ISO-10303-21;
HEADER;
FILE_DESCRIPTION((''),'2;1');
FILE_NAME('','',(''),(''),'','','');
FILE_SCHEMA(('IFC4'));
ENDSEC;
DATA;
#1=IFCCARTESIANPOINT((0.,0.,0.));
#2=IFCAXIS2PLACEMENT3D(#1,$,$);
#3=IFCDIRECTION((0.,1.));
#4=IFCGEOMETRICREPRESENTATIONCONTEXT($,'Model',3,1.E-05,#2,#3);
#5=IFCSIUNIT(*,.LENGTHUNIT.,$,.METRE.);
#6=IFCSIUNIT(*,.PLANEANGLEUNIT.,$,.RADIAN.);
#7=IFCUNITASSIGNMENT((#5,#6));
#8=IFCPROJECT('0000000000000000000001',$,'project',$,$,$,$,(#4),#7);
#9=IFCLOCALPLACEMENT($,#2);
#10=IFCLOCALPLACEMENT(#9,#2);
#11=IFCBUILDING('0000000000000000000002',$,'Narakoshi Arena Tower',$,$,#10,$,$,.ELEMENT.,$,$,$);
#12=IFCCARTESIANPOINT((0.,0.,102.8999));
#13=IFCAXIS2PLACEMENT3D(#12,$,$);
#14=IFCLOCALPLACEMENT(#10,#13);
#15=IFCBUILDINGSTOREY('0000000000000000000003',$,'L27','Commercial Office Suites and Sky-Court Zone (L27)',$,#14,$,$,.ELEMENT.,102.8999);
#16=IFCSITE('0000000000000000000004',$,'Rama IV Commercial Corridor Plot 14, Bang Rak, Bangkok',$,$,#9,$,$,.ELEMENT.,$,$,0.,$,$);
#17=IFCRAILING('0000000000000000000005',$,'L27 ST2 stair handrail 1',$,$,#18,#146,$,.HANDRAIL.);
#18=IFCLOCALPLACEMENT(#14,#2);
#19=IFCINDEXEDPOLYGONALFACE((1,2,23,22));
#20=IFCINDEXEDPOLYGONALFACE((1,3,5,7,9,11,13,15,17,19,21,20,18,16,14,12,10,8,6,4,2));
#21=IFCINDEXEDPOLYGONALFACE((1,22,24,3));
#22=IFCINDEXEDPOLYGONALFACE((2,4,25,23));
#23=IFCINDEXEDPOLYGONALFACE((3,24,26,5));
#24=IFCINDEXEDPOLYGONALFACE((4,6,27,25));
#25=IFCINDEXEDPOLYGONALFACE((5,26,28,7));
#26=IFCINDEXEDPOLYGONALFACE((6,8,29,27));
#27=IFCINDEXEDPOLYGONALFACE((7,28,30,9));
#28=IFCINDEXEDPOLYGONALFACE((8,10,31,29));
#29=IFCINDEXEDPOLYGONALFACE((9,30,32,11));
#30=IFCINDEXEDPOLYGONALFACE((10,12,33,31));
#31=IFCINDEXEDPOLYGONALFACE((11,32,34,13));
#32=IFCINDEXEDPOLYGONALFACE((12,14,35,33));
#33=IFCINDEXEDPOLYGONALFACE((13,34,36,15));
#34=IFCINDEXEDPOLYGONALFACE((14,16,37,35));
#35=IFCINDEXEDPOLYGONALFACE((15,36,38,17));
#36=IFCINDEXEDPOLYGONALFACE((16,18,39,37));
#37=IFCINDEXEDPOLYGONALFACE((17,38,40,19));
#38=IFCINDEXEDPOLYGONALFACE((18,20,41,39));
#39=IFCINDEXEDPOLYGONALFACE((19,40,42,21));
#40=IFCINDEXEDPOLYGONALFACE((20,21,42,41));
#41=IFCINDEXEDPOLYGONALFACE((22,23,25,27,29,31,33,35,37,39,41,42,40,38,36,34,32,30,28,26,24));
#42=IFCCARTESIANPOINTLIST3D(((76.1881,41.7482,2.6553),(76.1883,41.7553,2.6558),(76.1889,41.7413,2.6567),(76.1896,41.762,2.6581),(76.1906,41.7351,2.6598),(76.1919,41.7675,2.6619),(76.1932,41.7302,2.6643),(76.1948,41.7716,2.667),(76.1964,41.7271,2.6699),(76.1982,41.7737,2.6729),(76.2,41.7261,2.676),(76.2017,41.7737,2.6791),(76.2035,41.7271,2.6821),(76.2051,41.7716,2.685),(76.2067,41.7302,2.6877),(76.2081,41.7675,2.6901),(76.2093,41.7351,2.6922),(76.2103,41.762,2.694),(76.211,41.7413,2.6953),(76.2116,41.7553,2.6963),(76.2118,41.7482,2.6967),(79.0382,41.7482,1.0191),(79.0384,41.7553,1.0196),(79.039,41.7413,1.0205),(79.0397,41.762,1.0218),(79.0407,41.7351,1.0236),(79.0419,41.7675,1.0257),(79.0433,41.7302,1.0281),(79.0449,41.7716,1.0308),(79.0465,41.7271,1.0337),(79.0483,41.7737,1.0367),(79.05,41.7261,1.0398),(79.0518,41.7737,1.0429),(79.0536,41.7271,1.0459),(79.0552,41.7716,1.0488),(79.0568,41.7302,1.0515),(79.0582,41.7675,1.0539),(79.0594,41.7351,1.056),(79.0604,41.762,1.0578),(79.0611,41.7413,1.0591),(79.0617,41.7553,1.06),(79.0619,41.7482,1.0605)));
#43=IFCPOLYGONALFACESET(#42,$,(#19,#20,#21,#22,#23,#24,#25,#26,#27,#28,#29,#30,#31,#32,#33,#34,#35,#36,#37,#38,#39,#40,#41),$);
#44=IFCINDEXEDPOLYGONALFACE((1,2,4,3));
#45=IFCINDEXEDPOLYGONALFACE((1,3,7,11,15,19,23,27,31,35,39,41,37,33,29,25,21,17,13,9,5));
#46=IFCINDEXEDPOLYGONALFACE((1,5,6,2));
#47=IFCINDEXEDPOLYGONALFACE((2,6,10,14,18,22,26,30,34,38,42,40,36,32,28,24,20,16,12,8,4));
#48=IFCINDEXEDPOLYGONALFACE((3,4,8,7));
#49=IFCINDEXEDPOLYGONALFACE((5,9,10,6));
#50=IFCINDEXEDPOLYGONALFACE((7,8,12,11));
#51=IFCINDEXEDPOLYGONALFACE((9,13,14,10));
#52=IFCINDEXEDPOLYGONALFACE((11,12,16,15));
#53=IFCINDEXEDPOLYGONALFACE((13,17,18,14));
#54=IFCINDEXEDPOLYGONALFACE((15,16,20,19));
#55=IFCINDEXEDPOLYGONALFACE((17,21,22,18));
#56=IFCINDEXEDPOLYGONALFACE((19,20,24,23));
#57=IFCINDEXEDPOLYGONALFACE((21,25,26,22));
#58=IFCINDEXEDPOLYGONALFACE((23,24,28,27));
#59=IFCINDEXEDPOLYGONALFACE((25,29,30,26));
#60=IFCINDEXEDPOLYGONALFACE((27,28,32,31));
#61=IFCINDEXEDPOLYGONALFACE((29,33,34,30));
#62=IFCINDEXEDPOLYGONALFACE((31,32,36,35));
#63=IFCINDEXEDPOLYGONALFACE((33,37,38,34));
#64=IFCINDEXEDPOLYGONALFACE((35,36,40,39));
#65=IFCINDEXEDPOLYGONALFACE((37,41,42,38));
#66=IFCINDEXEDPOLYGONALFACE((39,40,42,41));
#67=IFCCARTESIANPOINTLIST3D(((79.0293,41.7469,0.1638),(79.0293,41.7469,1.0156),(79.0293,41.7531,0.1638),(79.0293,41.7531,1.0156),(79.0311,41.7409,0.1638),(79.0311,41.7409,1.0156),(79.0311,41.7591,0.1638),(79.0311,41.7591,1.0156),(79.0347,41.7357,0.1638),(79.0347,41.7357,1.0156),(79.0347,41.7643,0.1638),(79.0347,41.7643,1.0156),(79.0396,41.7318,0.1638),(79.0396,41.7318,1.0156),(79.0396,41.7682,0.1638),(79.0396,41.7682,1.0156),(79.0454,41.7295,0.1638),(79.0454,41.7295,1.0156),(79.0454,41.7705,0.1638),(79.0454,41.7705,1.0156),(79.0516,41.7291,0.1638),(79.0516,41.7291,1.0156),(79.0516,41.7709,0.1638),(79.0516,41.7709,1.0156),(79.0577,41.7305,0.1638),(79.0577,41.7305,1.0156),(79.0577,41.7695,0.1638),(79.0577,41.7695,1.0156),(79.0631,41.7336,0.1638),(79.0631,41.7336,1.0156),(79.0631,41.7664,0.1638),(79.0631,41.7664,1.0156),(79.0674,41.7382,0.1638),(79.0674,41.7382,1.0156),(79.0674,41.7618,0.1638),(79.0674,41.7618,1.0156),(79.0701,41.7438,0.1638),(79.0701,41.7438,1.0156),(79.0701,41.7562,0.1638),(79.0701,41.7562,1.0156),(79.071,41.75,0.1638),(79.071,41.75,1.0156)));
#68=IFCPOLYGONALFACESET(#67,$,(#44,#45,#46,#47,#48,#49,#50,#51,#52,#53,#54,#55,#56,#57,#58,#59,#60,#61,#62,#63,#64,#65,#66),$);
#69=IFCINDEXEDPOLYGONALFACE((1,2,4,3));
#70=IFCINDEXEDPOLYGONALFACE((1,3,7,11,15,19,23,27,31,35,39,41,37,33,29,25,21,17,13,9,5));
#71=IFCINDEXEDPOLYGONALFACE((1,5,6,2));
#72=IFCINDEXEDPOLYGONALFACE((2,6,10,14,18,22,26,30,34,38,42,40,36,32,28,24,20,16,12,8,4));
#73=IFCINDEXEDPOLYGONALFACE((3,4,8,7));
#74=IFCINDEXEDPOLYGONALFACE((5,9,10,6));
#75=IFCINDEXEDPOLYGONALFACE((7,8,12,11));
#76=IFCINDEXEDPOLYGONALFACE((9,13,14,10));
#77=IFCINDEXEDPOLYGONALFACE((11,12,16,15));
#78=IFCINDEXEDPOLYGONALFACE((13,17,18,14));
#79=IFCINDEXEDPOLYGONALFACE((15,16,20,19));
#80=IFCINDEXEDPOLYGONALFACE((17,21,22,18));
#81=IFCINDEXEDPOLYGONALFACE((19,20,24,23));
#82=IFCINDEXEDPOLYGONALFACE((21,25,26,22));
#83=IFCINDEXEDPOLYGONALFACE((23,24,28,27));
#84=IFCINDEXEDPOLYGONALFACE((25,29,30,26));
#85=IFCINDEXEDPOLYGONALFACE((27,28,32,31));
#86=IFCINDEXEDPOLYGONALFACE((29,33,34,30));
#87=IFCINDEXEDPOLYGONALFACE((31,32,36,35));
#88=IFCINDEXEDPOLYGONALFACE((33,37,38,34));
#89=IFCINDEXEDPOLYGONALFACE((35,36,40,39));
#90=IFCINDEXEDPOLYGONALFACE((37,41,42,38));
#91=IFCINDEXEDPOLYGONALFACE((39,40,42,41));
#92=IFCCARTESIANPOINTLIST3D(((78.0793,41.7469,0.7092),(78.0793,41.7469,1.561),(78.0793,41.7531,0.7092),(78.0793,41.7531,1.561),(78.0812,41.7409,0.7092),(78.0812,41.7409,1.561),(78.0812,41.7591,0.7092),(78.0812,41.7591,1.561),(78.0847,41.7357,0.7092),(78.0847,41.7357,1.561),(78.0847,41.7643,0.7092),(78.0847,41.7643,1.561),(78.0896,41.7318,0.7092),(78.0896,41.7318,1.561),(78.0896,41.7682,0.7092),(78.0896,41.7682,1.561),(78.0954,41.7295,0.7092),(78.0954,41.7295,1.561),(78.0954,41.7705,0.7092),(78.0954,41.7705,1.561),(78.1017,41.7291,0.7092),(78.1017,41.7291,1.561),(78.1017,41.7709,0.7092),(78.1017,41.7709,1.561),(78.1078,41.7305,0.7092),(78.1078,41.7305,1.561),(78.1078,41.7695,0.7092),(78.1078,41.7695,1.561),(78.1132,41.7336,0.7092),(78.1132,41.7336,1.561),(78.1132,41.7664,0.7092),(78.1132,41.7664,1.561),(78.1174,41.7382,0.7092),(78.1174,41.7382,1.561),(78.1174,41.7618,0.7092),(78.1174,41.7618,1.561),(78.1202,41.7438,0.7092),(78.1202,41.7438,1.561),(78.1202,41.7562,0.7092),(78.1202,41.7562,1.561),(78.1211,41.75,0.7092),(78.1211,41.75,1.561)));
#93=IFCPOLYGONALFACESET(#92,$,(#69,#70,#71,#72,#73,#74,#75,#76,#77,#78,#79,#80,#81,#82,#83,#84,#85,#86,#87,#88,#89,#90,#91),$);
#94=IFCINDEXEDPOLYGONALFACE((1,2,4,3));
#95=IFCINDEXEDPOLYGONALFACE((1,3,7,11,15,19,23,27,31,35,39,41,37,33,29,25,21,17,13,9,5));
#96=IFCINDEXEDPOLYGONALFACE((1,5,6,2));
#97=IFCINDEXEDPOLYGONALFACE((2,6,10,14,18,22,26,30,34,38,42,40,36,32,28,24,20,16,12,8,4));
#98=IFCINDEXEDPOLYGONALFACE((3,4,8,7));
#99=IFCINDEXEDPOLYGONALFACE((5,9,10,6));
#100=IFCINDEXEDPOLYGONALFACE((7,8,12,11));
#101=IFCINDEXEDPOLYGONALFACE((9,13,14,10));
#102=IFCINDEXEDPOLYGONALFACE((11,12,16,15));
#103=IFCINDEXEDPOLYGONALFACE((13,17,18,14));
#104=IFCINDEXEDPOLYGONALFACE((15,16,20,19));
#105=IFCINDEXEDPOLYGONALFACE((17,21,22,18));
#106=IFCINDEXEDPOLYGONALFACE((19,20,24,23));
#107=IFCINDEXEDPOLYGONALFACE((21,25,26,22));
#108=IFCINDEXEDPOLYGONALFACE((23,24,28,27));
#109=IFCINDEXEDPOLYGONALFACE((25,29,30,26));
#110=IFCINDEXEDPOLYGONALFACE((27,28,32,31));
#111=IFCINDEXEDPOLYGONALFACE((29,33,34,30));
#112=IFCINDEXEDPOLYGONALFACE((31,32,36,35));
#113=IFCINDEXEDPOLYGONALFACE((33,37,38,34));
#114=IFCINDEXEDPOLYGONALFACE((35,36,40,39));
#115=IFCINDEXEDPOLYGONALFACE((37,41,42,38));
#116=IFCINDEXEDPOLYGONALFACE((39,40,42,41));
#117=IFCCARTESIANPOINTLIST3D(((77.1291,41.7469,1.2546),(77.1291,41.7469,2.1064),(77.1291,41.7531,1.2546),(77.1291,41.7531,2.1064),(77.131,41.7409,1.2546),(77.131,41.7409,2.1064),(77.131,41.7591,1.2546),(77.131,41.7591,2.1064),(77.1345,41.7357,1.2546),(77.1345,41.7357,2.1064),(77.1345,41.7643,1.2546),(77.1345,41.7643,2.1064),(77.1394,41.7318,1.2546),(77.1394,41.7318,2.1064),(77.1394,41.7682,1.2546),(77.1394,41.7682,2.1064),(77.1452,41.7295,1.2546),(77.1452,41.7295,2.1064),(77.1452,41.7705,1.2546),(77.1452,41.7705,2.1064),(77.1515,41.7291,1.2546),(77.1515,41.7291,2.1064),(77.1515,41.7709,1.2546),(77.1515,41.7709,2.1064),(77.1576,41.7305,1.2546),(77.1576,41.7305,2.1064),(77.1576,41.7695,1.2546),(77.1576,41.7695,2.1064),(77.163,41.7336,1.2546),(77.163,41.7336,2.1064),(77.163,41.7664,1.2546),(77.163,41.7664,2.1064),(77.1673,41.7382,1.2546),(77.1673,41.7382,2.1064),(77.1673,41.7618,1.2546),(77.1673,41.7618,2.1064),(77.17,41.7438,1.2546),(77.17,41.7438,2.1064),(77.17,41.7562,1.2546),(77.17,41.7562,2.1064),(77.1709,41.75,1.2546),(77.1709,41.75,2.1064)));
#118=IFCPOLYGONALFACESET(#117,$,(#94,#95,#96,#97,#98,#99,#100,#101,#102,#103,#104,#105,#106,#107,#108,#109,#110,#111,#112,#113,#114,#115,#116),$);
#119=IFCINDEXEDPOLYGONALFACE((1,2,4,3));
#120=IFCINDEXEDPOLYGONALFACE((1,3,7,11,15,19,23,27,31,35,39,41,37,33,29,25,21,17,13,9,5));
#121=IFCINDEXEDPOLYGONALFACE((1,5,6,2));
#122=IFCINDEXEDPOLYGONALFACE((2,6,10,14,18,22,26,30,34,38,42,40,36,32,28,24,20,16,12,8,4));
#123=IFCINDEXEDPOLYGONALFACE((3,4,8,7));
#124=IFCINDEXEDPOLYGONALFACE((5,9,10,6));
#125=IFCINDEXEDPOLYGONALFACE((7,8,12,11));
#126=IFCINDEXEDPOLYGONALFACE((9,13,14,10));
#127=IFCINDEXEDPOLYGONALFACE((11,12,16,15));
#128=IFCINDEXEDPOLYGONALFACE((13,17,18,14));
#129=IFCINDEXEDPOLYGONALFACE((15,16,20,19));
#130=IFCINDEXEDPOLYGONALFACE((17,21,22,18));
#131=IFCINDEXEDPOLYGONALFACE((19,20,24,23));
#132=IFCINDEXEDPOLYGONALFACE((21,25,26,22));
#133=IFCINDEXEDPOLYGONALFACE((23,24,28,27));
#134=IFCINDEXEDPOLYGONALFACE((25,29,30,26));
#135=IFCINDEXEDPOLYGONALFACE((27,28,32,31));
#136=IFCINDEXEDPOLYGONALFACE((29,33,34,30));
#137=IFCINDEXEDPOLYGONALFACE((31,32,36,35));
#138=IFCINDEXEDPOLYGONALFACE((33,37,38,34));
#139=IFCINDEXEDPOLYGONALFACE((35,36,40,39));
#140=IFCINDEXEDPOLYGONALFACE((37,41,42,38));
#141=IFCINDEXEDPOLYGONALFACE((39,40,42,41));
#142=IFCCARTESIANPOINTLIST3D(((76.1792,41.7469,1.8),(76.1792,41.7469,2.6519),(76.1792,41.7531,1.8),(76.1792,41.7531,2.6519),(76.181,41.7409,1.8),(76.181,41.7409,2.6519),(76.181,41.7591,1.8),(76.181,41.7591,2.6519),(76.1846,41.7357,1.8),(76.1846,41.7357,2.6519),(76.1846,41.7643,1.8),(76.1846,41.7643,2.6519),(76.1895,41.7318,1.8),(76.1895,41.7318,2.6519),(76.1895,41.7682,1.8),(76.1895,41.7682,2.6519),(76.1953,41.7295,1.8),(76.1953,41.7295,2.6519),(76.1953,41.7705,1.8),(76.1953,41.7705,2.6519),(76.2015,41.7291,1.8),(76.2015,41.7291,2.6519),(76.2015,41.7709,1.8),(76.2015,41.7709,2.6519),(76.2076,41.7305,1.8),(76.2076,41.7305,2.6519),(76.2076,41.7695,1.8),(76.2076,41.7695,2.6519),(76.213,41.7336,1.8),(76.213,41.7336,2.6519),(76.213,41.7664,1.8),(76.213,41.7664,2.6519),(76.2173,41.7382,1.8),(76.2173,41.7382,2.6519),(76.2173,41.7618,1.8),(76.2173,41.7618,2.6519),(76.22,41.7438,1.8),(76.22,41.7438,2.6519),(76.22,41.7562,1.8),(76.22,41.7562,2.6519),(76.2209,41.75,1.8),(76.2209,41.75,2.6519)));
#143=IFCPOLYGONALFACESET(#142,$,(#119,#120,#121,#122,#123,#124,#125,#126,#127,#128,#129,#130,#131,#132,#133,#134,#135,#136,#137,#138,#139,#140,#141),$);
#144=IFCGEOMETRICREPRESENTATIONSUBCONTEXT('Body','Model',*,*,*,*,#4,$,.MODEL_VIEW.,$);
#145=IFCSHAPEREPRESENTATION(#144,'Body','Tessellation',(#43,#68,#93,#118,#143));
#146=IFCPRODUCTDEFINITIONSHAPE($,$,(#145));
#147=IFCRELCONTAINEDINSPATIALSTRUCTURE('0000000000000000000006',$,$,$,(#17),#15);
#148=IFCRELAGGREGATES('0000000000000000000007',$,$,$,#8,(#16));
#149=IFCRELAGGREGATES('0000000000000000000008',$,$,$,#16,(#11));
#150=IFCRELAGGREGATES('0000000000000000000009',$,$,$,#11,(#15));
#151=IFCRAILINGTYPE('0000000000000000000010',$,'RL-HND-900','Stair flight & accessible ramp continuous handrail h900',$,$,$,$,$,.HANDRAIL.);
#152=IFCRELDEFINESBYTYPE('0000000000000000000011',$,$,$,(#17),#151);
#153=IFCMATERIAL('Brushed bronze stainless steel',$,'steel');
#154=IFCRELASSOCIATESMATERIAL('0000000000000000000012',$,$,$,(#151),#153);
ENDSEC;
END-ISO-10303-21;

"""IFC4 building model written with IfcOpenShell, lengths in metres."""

from ifc_helpers import new_model, si_unit, direction, frame, origin, origin_2d, place, context, subcontext, project, spatial, circle, extrude, material, type_object, element, save


model = new_model("IFC4")

# Units and contexts
model_context = context("Model", 3, precision=1e-05, world=origin(), true_north=direction((0.0, 1.0)))
body_context = subcontext(model_context, "Body", "Model", "MODEL_VIEW")
ifc_project = project(units=[si_unit("LENGTHUNIT", "METRE"), si_unit("PLANEANGLEUNIT", "RADIAN")], contexts=[model_context])

# Site, building, storey
site_placement = place(None, origin())
site = spatial("IfcSite", under=ifc_project, at=site_placement, Name="Rama IV Commercial Corridor Plot 14, Bang Rak, Bangkok", CompositionType="ELEMENT", RefElevation=0.0)
building_placement = place(site_placement, origin())
building = spatial("IfcBuilding", under=site, at=building_placement, Name="Narakoshi Arena Tower", CompositionType="ELEMENT")
storey_placement = place(building_placement, frame((0.0, 0.0, 102.8999)))
storey = spatial("IfcBuildingStorey", under=building, at=storey_placement, Name="L27", Description="Commercial Office Suites and Sky-Court Zone (L27)", CompositionType="ELEMENT", Elevation=102.8999)

# Railing
ifc_material_1 = material(Name="Brushed bronze stainless steel", Category="steel")
railing_type_1 = type_object("IfcRailingType", Name="RL-HND-900", Description="Stair flight & accessible ramp continuous handrail h900", PredefinedType="HANDRAIL", material=ifc_material_1)
railing_1_placement = place(storey_placement, frame((79.05, 41.75, 0.1638)))
element("IfcRailing", 1, at=railing_1_placement, inside=storey, type_object=railing_type_1, Name="L27 ST2 stair handrail 1", PredefinedType="HANDRAIL", context=body_context, shape_type="SweptSolid", body=[
    extrude(circle(Radius=0.0239, at=origin_2d()), frame((0.0, 0.0, 0.876), z_axis=(-0.867245, 0.0, 0.497882), x_axis=(0.0, -1.0, 0.0)), (0.0, 0.0, 1.0), 3.2864),
    extrude(circle(Radius=0.021, at=origin_2d()), origin(), (0.0, 0.0, 1.0), 0.8518),
    extrude(circle(Radius=0.021, at=origin_2d()), frame((-0.95, 0.0, 0.5454)), (0.0, 0.0, 1.0), 0.8518),
    extrude(circle(Radius=0.021, at=origin_2d()), frame((-1.9001, 0.0, 1.0908)), (0.0, 0.0, 1.0), 0.8518),
    extrude(circle(Radius=0.021, at=origin_2d()), frame((-2.8501, 0.0, 1.6362)), (0.0, 0.0, 1.0), 0.8518),
])

save(model, "model.ifc")
